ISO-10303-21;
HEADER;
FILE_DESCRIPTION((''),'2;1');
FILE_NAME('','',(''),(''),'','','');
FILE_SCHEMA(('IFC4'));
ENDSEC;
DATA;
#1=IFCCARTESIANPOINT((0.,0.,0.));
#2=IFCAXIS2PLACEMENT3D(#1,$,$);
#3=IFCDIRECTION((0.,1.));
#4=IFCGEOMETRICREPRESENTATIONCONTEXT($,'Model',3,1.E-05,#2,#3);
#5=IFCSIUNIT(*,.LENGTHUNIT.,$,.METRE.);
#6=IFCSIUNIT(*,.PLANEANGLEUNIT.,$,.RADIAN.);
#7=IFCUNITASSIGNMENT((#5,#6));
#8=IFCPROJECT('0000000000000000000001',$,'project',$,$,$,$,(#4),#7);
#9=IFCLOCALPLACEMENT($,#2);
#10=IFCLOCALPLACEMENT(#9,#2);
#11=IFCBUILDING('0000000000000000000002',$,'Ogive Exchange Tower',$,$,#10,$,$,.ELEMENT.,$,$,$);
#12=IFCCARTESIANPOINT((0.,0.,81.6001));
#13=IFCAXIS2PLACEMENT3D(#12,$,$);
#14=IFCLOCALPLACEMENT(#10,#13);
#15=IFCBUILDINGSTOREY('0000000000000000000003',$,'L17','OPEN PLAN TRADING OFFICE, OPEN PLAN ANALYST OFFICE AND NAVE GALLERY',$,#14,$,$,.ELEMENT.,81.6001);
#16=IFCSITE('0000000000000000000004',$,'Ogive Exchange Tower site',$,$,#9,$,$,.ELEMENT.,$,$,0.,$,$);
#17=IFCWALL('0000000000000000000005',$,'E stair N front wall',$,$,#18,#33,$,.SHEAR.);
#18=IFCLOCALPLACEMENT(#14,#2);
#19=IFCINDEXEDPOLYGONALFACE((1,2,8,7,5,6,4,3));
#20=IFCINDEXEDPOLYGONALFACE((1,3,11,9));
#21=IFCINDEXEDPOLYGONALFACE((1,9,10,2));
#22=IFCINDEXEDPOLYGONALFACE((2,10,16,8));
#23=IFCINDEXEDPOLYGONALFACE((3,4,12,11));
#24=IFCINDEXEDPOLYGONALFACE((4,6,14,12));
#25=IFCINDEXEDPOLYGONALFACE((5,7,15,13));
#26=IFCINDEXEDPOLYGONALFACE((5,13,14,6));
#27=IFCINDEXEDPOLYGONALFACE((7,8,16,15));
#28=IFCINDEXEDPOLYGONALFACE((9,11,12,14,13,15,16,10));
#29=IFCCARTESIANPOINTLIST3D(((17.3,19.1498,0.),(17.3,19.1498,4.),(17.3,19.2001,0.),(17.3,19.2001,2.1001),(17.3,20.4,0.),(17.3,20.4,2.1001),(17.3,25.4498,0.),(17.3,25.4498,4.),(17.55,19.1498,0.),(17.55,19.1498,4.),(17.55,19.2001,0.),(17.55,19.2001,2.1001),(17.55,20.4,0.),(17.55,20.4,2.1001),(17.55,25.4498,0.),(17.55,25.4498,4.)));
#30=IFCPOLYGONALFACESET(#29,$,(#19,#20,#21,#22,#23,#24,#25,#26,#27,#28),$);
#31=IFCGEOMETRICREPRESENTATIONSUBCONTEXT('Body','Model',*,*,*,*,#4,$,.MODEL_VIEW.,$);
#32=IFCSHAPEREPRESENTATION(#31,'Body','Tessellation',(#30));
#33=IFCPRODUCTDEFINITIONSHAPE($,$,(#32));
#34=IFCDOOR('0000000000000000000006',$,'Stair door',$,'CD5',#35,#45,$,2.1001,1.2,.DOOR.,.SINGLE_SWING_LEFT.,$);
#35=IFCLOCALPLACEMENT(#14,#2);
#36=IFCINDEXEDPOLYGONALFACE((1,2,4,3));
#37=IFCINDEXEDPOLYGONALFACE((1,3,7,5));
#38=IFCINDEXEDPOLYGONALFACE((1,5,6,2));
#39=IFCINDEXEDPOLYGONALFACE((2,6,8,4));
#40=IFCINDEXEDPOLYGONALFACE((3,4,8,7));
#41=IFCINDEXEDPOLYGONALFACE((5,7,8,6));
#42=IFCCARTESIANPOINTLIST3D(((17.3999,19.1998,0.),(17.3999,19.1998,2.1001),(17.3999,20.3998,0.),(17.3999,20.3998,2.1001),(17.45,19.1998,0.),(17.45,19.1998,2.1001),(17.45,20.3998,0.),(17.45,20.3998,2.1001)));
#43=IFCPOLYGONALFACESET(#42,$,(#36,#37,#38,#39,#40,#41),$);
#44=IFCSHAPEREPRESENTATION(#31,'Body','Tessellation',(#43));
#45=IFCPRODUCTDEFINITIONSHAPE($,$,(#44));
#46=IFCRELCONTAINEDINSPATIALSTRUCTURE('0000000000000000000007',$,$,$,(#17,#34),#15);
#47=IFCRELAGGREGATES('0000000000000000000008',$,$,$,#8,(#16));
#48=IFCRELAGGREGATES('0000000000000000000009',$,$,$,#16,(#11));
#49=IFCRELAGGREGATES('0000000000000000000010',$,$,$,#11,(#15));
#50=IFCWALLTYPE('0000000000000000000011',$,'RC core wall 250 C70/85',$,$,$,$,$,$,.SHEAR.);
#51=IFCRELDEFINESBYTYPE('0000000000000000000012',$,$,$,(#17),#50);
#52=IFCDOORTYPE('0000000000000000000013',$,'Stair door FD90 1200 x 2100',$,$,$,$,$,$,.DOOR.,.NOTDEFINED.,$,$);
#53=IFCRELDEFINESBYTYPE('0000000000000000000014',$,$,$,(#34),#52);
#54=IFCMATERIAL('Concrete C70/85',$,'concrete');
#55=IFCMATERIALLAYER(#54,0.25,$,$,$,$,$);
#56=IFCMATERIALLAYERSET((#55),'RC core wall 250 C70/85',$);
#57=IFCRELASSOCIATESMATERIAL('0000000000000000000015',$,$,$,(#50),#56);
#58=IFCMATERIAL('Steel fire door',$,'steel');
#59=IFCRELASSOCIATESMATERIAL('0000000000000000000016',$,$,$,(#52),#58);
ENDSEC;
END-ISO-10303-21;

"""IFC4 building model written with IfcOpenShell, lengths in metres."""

from ifc_helpers import new_model, si_unit, direction, frame, frame_2d, origin, place, context, subcontext, project, spatial, rectangle, extrude, material, layer, layer_set, type_object, element, fill, save


model = new_model("IFC4")

# Units and contexts
model_context = context("Model", 3, precision=1e-05, world=origin(), true_north=direction((0.0, 1.0)))
body_context = subcontext(model_context, "Body", "Model", "MODEL_VIEW")
ifc_project = project(units=[si_unit("LENGTHUNIT", "METRE"), si_unit("PLANEANGLEUNIT", "RADIAN")], contexts=[model_context])

# Site, building, storey
site_placement = place(None, origin())
site = spatial("IfcSite", under=ifc_project, at=site_placement, Name="Ogive Exchange Tower site", CompositionType="ELEMENT", RefElevation=0.0)
building_placement = place(site_placement, origin())
building = spatial("IfcBuilding", under=site, at=building_placement, Name="Ogive Exchange Tower", CompositionType="ELEMENT")
storey_placement = place(building_placement, frame((0.0, 0.0, 81.6001)))
storey = spatial("IfcBuildingStorey", under=building, at=storey_placement, Name="L17", Description="OPEN PLAN TRADING OFFICE, OPEN PLAN ANALYST OFFICE AND NAVE GALLERY", CompositionType="ELEMENT", Elevation=81.6001)

# Wall, opening, door
ifc_material_1 = material(Name="Concrete C70/85", Category="concrete")
ifc_layer_1 = layer(ifc_material_1, 0.25)
ifc_layer_set_1 = layer_set([ifc_layer_1], Name="RC core wall 250 C70/85")
wall_type_1 = type_object("IfcWallType", Name="RC core wall 250 C70/85", PredefinedType="SHEAR", material=ifc_layer_set_1)
wall_1_placement = place(storey_placement, frame((17.425, 19.1499, 0.0), z_axis=(0.0, 0.0, 1.0), x_axis=(0.0, 1.0, 0.0)))
wall_1 = element("IfcWall", 1, at=wall_1_placement, inside=storey, type_object=wall_type_1, Name="E stair N front wall", PredefinedType="SHEAR", context=body_context, shape_type="SweptSolid", body=[
    extrude(rectangle(XDim=6.3, YDim=0.25, at=frame_2d((3.1499, 0.0))), origin(), (0.0, 0.0, 1.0), 4.0),
])
opening_1_placement = place(wall_1_placement, frame((0.05, 0.0, 0.0)))
opening_1 = element("IfcOpeningElement", 2, at=opening_1_placement, cuts=wall_1, PredefinedType="OPENING", context=body_context, shape_type="SweptSolid", body=[
    extrude(rectangle(XDim=1.2, YDim=2.1001, at=frame_2d((0.6001, 1.05))), frame((0.0, 0.135, 0.0), z_axis=(0.0, -1.0, 0.0), x_axis=(1.0, 0.0, 0.0)), (0.0, 0.0, 1.0), 0.27),
])
ifc_material_2 = material(Name="Steel fire door", Category="steel")
door_type_1 = type_object("IfcDoorType", Name="Stair door FD90 1200 x 2100", OperationType="NOTDEFINED", PredefinedType="DOOR", material=ifc_material_2)
door_1_placement = place(opening_1_placement, frame((1.2, 0.0, 0.0), z_axis=(0.0, 0.0, 1.0), x_axis=(-1.0, 0.0, 0.0)))
door_1 = element("IfcDoor", 3, at=door_1_placement, inside=storey, type_object=door_type_1, Name="Stair door", ObjectType="CD5", OperationType="SINGLE_SWING_LEFT", OverallHeight=2.1001, OverallWidth=1.2, PredefinedType="DOOR", context=body_context, shape_type="SweptSolid", body=[
    extrude(rectangle(XDim=1.2, YDim=2.1001, at=frame_2d((0.6001, 1.05))), frame((0.0, 0.0249, 0.0), z_axis=(0.0, -1.0, 0.0), x_axis=(1.0, 0.0, 0.0)), (0.0, 0.0, 1.0), 0.05),
])
fill(opening_1, door_1)

save(model, "model.ifc")
